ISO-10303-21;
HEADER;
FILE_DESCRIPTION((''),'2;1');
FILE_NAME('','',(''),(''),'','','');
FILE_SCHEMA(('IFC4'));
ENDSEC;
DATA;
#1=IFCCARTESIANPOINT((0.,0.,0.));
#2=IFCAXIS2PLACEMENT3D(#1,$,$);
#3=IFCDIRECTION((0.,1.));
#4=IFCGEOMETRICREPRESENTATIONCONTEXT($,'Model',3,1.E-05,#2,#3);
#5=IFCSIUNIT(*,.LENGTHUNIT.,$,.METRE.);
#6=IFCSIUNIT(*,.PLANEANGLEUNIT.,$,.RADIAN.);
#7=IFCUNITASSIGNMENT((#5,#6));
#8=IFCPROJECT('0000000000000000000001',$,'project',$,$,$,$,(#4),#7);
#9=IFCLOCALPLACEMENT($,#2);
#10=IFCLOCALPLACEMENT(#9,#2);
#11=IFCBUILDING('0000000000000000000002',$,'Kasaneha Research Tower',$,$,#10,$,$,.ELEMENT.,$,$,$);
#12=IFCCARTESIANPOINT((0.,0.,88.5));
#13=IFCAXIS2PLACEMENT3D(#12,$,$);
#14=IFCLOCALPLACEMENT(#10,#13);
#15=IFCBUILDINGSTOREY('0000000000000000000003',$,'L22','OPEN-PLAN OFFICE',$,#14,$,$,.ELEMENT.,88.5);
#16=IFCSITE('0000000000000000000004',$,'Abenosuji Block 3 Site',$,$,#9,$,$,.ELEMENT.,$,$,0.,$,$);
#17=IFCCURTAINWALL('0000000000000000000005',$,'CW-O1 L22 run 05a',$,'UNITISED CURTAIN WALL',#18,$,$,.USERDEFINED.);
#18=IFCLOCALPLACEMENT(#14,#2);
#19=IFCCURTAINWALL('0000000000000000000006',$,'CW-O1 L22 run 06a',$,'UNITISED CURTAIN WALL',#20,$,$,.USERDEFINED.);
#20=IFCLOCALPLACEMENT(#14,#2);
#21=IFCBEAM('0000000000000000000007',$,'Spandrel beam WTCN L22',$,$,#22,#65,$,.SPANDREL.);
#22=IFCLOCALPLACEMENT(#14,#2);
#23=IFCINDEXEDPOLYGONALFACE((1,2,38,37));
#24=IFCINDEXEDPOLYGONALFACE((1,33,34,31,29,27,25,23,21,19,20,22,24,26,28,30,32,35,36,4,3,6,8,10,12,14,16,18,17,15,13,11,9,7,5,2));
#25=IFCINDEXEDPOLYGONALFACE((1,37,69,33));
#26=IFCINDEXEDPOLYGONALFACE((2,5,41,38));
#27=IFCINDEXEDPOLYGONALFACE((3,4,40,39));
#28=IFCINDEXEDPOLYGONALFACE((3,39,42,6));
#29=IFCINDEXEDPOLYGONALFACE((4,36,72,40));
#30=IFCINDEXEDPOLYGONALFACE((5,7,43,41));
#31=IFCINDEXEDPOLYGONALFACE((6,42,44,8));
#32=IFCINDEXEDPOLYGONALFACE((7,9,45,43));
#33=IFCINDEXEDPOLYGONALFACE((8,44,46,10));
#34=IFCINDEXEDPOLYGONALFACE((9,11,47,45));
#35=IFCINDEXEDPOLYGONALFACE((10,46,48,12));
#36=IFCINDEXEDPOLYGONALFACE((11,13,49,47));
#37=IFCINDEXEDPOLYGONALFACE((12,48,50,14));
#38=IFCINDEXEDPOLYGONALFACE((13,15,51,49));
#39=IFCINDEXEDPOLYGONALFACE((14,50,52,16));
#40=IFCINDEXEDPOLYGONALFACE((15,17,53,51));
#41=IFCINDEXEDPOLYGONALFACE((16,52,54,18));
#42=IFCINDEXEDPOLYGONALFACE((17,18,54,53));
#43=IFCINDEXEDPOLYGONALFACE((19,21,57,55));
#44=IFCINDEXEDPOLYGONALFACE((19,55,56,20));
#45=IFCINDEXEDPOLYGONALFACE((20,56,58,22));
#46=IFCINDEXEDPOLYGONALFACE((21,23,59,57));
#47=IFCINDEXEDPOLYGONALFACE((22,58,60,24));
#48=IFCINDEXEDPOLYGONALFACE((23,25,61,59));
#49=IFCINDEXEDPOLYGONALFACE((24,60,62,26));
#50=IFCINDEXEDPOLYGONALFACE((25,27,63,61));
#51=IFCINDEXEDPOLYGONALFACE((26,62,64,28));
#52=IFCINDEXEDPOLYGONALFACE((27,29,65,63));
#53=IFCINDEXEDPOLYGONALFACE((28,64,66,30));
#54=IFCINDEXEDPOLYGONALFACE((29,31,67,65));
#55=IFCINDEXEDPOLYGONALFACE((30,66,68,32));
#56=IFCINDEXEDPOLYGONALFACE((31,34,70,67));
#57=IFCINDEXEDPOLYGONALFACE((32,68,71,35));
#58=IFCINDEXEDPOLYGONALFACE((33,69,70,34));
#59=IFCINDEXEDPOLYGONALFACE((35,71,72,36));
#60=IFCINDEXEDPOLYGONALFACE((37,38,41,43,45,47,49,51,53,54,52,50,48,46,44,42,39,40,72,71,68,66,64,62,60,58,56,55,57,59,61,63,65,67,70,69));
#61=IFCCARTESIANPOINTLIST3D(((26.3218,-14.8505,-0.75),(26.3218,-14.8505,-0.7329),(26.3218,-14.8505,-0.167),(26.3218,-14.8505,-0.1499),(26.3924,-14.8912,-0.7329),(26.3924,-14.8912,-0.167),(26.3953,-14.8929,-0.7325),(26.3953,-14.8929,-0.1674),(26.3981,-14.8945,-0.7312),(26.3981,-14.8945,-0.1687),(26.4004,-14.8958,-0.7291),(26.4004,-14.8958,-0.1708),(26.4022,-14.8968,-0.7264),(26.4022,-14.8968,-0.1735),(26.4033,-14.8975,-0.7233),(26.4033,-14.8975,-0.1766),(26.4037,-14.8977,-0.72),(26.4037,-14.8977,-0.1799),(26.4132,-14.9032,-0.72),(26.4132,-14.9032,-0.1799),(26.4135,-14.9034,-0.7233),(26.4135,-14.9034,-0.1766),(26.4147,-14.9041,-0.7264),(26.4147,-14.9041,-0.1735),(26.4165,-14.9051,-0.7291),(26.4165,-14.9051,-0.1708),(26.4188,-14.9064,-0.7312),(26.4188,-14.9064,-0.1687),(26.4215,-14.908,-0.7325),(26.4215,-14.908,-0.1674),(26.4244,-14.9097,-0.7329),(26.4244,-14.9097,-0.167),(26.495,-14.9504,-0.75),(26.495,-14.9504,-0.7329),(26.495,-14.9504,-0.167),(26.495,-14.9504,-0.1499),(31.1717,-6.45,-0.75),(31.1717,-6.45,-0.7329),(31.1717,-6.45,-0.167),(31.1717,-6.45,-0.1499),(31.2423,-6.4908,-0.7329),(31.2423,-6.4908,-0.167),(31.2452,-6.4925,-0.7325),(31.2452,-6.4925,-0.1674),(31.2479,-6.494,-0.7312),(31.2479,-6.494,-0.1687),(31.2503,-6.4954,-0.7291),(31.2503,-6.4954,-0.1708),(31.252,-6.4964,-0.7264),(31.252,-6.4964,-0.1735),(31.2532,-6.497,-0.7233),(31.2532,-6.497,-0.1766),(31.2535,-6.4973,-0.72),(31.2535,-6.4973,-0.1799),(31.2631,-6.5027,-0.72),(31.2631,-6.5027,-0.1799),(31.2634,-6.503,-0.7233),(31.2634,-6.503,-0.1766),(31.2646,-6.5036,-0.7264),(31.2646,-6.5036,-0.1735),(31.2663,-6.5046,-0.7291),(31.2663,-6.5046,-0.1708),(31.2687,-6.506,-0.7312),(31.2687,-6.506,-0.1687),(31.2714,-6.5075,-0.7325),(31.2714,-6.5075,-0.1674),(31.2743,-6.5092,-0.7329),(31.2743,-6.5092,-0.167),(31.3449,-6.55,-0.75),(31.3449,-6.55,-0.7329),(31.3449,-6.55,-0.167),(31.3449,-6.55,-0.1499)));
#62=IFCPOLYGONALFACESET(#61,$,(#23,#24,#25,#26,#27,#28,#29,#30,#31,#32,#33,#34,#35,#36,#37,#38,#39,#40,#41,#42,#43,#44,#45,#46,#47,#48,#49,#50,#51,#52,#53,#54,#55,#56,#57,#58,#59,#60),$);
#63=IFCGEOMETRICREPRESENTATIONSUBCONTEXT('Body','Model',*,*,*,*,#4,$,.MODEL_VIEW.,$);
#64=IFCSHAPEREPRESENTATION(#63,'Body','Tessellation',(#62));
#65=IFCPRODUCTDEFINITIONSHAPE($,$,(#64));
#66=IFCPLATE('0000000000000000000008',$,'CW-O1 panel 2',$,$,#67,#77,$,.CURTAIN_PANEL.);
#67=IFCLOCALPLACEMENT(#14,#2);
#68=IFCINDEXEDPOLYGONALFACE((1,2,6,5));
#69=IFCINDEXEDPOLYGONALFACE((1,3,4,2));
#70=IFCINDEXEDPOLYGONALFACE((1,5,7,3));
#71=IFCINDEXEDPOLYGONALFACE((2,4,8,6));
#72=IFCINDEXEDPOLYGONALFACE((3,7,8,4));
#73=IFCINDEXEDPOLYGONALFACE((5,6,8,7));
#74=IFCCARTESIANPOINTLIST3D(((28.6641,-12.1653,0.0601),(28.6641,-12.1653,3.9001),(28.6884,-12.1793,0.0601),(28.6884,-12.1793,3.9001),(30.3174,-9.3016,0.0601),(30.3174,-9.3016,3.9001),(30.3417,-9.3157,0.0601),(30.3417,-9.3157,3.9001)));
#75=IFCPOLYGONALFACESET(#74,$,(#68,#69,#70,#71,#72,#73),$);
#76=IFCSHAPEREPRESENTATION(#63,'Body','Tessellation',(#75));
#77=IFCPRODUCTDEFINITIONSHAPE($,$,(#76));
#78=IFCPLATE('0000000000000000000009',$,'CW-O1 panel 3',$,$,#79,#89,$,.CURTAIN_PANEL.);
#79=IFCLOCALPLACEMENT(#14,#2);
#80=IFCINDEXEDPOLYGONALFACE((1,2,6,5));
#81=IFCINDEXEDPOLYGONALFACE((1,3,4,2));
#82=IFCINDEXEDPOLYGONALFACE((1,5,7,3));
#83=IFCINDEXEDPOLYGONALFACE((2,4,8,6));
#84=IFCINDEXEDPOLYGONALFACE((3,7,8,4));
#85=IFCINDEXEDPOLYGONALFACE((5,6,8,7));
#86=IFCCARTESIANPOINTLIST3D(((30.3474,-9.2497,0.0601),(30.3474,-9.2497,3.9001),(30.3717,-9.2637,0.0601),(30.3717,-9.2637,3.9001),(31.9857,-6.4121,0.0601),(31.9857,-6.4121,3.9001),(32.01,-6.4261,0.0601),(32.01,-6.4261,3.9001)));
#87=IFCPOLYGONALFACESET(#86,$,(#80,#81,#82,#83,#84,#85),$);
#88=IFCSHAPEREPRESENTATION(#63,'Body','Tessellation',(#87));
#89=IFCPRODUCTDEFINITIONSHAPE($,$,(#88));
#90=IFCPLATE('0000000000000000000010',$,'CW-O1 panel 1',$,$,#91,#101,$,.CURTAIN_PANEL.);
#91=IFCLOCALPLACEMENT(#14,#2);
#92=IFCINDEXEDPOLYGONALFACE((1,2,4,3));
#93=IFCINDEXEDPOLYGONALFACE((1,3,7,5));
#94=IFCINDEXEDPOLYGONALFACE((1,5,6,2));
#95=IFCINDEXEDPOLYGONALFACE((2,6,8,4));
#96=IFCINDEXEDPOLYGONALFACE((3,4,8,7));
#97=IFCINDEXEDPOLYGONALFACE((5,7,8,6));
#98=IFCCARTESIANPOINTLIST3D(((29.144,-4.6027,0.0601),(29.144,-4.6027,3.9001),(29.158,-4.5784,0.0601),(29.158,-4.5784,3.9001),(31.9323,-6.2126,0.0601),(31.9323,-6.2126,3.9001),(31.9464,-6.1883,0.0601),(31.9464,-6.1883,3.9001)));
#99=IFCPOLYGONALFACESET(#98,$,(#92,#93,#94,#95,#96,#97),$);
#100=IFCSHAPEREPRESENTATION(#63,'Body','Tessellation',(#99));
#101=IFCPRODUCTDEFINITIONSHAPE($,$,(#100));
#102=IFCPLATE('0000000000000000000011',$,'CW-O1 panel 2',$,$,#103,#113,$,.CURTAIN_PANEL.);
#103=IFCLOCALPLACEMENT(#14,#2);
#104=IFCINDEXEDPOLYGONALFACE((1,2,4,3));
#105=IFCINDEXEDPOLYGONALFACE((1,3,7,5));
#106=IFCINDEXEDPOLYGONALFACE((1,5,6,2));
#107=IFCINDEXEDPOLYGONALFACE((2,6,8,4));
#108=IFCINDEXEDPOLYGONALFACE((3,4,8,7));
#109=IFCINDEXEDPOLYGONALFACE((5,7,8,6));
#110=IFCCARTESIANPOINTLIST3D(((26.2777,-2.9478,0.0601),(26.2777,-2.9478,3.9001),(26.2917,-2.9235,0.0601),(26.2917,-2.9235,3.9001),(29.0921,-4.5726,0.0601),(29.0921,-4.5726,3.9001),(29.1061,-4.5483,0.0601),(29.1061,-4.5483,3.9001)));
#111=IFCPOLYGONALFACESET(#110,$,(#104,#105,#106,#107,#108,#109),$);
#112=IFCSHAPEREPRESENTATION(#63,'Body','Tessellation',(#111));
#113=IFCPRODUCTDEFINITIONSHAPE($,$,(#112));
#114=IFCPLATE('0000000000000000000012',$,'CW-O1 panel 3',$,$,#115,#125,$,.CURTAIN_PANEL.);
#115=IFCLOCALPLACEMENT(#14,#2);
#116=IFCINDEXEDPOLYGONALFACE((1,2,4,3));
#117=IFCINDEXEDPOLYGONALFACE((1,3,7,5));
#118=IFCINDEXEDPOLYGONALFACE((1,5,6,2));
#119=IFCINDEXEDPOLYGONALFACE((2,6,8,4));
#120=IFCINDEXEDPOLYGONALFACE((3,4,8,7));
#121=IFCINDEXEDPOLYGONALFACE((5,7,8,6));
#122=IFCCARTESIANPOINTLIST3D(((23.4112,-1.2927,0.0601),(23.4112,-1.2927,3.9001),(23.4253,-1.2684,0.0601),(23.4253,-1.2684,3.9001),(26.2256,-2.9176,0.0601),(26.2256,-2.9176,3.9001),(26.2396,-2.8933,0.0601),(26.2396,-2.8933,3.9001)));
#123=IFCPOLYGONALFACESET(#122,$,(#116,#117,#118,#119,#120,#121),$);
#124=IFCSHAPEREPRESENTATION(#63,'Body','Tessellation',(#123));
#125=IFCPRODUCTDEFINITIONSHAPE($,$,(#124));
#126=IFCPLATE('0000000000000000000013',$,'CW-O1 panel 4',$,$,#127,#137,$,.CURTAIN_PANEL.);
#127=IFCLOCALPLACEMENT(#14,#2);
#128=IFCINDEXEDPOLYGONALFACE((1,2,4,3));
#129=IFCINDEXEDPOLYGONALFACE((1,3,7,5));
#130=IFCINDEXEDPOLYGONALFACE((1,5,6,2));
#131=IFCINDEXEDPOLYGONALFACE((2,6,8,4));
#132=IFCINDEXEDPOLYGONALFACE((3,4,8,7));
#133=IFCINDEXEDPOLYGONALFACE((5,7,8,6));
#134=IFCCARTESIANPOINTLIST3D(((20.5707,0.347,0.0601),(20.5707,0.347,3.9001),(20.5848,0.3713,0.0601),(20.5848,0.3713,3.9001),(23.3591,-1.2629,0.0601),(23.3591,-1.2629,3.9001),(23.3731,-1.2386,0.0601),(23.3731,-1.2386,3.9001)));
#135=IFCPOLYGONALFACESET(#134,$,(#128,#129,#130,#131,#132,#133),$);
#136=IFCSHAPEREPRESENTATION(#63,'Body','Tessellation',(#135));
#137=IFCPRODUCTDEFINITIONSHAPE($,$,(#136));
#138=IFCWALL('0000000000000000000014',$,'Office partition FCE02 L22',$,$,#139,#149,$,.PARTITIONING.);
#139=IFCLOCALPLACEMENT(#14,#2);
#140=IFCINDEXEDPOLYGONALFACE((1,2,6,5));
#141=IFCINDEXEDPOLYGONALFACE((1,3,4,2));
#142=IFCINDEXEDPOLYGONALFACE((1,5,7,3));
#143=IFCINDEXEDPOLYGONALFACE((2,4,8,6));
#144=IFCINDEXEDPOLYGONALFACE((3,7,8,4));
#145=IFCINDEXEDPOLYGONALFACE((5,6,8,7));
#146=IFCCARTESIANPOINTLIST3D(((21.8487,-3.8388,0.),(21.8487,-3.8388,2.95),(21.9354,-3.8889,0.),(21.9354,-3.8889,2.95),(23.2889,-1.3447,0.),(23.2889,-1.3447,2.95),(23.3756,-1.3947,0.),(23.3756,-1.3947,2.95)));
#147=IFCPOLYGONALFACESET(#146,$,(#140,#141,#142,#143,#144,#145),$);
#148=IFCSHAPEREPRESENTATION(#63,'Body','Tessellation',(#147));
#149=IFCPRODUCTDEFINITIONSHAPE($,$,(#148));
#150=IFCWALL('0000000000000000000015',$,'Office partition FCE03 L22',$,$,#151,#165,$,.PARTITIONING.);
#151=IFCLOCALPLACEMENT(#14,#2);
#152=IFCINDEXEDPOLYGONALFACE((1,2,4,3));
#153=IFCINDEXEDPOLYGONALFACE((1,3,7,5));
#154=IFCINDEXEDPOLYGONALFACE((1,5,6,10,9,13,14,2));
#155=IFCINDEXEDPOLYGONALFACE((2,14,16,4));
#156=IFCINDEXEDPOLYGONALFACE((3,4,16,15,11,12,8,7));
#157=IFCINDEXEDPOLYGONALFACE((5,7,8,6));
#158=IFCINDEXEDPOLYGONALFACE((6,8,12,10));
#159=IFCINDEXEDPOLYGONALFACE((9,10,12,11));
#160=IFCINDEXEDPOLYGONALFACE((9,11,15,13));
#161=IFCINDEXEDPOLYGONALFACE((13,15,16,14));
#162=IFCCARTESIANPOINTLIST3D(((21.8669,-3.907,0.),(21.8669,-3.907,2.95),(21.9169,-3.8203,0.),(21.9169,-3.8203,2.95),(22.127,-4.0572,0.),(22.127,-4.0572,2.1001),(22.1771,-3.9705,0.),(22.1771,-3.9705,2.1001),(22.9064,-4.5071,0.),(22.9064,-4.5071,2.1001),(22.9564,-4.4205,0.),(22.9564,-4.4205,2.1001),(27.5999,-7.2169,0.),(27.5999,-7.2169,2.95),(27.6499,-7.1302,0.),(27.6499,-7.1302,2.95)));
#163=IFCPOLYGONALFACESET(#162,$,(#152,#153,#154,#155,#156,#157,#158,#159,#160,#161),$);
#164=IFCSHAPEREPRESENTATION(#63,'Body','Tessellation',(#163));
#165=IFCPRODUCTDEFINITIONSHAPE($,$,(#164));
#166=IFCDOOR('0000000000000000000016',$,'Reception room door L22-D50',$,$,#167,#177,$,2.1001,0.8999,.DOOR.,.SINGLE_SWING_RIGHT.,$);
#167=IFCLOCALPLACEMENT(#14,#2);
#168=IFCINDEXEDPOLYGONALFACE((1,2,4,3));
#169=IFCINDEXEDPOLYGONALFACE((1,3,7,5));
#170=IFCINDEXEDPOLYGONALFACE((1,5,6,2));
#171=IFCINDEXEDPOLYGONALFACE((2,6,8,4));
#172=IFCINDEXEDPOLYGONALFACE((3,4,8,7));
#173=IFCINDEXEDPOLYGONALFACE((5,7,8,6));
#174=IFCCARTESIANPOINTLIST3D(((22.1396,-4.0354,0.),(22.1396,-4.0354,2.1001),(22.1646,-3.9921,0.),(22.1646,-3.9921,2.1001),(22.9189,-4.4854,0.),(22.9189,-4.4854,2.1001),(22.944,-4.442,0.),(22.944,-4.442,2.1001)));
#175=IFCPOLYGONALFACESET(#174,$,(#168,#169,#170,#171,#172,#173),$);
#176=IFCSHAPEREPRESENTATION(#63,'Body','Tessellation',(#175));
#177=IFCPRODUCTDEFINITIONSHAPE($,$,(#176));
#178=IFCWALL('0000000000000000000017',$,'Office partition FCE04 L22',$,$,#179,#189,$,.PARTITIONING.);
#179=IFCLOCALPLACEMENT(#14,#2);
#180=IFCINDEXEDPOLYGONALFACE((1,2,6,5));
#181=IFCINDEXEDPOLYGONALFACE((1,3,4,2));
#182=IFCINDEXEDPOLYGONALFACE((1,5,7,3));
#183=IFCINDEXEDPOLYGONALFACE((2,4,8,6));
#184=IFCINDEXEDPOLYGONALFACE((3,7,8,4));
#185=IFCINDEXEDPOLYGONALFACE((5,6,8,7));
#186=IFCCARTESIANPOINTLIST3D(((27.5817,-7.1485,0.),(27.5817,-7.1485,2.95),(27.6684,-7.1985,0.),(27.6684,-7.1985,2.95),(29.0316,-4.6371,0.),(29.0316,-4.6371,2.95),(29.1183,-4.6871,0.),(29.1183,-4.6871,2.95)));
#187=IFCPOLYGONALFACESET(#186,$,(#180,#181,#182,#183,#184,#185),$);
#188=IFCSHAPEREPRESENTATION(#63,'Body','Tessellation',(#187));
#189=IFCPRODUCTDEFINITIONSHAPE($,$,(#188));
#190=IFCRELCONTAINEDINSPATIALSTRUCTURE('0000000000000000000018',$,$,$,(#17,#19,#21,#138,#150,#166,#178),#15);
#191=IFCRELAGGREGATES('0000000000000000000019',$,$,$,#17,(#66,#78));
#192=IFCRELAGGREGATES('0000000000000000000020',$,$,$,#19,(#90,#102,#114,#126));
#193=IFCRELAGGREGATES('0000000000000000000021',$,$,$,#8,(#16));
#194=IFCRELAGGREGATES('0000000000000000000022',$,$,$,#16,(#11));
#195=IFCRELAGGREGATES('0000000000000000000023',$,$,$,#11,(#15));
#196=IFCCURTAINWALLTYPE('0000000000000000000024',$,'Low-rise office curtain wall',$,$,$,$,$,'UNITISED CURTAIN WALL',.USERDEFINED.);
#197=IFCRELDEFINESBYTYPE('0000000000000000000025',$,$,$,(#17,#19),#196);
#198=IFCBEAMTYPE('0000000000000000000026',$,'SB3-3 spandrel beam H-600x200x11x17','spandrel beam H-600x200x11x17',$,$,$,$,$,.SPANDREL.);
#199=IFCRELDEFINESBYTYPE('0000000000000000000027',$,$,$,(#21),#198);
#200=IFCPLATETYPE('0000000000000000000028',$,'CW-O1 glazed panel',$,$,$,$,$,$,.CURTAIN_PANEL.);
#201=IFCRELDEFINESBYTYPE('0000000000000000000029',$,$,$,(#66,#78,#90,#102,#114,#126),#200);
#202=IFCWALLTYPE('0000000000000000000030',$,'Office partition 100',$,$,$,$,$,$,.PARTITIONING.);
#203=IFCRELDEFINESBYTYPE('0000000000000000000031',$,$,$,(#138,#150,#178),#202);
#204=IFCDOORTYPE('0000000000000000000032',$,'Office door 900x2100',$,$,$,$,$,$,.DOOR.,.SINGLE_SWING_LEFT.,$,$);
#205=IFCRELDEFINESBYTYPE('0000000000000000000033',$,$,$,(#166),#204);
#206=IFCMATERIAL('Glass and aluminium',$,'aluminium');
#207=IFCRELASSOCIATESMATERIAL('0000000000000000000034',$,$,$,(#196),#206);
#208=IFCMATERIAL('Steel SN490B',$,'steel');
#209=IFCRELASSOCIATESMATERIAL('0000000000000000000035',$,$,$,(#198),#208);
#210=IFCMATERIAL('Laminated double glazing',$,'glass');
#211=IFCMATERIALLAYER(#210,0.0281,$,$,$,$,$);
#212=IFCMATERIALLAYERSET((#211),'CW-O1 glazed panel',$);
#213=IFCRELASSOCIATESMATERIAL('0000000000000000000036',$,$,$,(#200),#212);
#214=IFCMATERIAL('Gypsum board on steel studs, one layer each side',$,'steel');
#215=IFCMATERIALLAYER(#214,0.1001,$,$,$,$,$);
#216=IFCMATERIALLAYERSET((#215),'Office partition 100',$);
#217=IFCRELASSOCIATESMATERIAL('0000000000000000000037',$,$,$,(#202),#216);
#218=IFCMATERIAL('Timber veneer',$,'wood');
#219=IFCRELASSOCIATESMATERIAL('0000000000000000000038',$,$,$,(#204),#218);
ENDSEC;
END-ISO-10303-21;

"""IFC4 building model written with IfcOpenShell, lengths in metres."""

from ifc_helpers import new_model, si_unit, direction, frame, frame_2d, origin, origin_2d, place, context, subcontext, project, spatial, rectangle, i_section, extrude, material, layer, layer_set, material_profile, profile_set, type_object, element, fill, aggregate, save


model = new_model("IFC4")

# Units and contexts
model_context = context("Model", 3, precision=1e-05, world=origin(), true_north=direction((0.0, 1.0)))
body_context = subcontext(model_context, "Body", "Model", "MODEL_VIEW")
ifc_project = project(units=[si_unit("LENGTHUNIT", "METRE"), si_unit("PLANEANGLEUNIT", "RADIAN")], contexts=[model_context])

# Site, building, storey
site_placement = place(None, origin())
site = spatial("IfcSite", under=ifc_project, at=site_placement, Name="Abenosuji Block 3 Site", CompositionType="ELEMENT", RefElevation=0.0)
building_placement = place(site_placement, origin())
building = spatial("IfcBuilding", under=site, at=building_placement, Name="Kasaneha Research Tower", CompositionType="ELEMENT")
storey_placement = place(building_placement, frame((0.0, 0.0, 88.5)))
storey = spatial("IfcBuildingStorey", under=building, at=storey_placement, Name="L22", Description="OPEN-PLAN OFFICE", CompositionType="ELEMENT", Elevation=88.5)

# Curtain walls
ifc_material_1 = material(Name="Glass and aluminium", Category="aluminium")
curtain_wall_type = type_object("IfcCurtainWallType", Name="Low-rise office curtain wall", ElementType="UNITISED CURTAIN WALL", PredefinedType="USERDEFINED", material=ifc_material_1)
curtain_wall_1_placement = place(storey_placement, origin())
curtain_wall_1 = element("IfcCurtainWall", 1, at=curtain_wall_1_placement, inside=storey, type_object=curtain_wall_type, Name="CW-O1 L22 run 05a", ObjectType="UNITISED CURTAIN WALL", PredefinedType="USERDEFINED")
curtain_wall_2_placement = place(storey_placement, origin())
curtain_wall_2 = element("IfcCurtainWall", 2, at=curtain_wall_2_placement, inside=storey, type_object=curtain_wall_type, Name="CW-O1 L22 run 06a", ObjectType="UNITISED CURTAIN WALL", PredefinedType="USERDEFINED")

# Beam
ifc_material_2 = material(Name="Steel SN490B", Category="steel")
ifc_material_profile_1 = material_profile(ifc_material_2, i_section(OverallWidth=0.2, OverallDepth=0.6001, WebThickness=0.011, FlangeThickness=0.0171, FilletRadius=0.0129, at=origin_2d()), Name="H-600x200x11x17")
ifc_profile_set_1 = profile_set([ifc_material_profile_1], Name="Steel SN490B")
beam_type_1 = type_object("IfcBeamType", Name="SB3-3 spandrel beam H-600x200x11x17", Description="spandrel beam H-600x200x11x17", PredefinedType="SPANDREL", material=ifc_profile_set_1)
beam_1_placement = place(storey_placement, frame((31.2583, -6.5, -0.45), z_axis=(-0.499991, -0.866031, 0.0), x_axis=(0.866031, -0.499991, 0.0)))
element("IfcBeam", 3, at=beam_1_placement, inside=storey, type_object=beam_type_1, Name="Spandrel beam WTCN L22", PredefinedType="SPANDREL", context=body_context, shape_type="SweptSolid", body=[
    extrude(i_section(OverallWidth=0.2, OverallDepth=0.6001, WebThickness=0.011, FlangeThickness=0.0171, FilletRadius=0.0129, at=origin_2d()), origin(), (0.0, 0.0, 1.0), 9.7),
])

# Plates
ifc_material_3 = material(Name="Laminated double glazing", Category="glass")
ifc_layer_1 = layer(ifc_material_3, 0.0281)
ifc_layer_set_1 = layer_set([ifc_layer_1], Name="CW-O1 glazed panel")
plate_type = type_object("IfcPlateType", Name="CW-O1 glazed panel", PredefinedType="CURTAIN_PANEL", material=ifc_layer_set_1)
plate_1_placement = place(storey_placement, frame((29.5029, -10.7405, 0.0601), z_axis=(0.0, 0.0, 1.0), x_axis=(0.5, 0.866025, 0.0)))
plate_1 = element("IfcPlate", 4, at=plate_1_placement, type_object=plate_type, Name="CW-O1 panel 2", PredefinedType="CURTAIN_PANEL", context=body_context, shape_type="SweptSolid", body=[
    extrude(rectangle(XDim=3.3066, YDim=0.0281, at=origin_2d()), origin(), (0.0, 0.0, 1.0), 3.8401),
])
plate_2_placement = place(storey_placement, frame((31.1787, -7.8379, 0.0601), z_axis=(0.0, 0.0, 1.0), x_axis=(0.5, 0.866025, 0.0)))
plate_2 = element("IfcPlate", 5, at=plate_2_placement, type_object=plate_type, Name="CW-O1 panel 3", PredefinedType="CURTAIN_PANEL", context=body_context, shape_type="SweptSolid", body=[
    extrude(rectangle(XDim=3.2766, YDim=0.0281, at=origin_2d()), origin(), (0.0, 0.0, 1.0), 3.8401),
])
aggregate(curtain_wall_1, [plate_1, plate_2])
plate_3_placement = place(storey_placement, frame((30.5452, -5.3955, 0.0601), z_axis=(0.0, 0.0, 1.0), x_axis=(-0.866025, 0.5, 0.0)))
plate_3 = element("IfcPlate", 6, at=plate_3_placement, type_object=plate_type, Name="CW-O1 panel 1", PredefinedType="CURTAIN_PANEL", context=body_context, shape_type="SweptSolid", body=[
    extrude(rectangle(XDim=3.2197, YDim=0.0281, at=origin_2d()), origin(), (0.0, 0.0, 1.0), 3.8401),
])
plate_4_placement = place(storey_placement, frame((27.6919, -3.748, 0.0601), z_axis=(0.0, 0.0, 1.0), x_axis=(-0.866025, 0.5, 0.0)))
plate_4 = element("IfcPlate", 7, at=plate_4_placement, type_object=plate_type, Name="CW-O1 panel 2", PredefinedType="CURTAIN_PANEL", context=body_context, shape_type="SweptSolid", body=[
    extrude(rectangle(XDim=3.2498, YDim=0.0281, at=origin_2d()), origin(), (0.0, 0.0, 1.0), 3.8401),
])
plate_5_placement = place(storey_placement, frame((24.8254, -2.093, 0.0601), z_axis=(0.0, 0.0, 1.0), x_axis=(-0.866025, 0.5, 0.0)))
plate_5 = element("IfcPlate", 8, at=plate_5_placement, type_object=plate_type, Name="CW-O1 panel 3", PredefinedType="CURTAIN_PANEL", context=body_context, shape_type="SweptSolid", body=[
    extrude(rectangle(XDim=3.2498, YDim=0.0281, at=origin_2d()), origin(), (0.0, 0.0, 1.0), 3.8401),
])
plate_6_placement = place(storey_placement, frame((21.9719, -0.4458, 0.0601), z_axis=(0.0, 0.0, 1.0), x_axis=(-0.866025, 0.5, 0.0)))
plate_6 = element("IfcPlate", 9, at=plate_6_placement, type_object=plate_type, Name="CW-O1 panel 4", PredefinedType="CURTAIN_PANEL", context=body_context, shape_type="SweptSolid", body=[
    extrude(rectangle(XDim=3.2197, YDim=0.0281, at=origin_2d()), origin(), (0.0, 0.0, 1.0), 3.8401),
])
aggregate(curtain_wall_2, [plate_3, plate_4, plate_5, plate_6])

# Wall
ifc_material_4 = material(Name="Gypsum board on steel studs, one layer each side", Category="steel")
ifc_layer_2 = layer(ifc_material_4, 0.1001)
ifc_layer_set_2 = layer_set([ifc_layer_2], Name="Office partition 100")
wall_type_1 = type_object("IfcWallType", Name="Office partition 100", PredefinedType="PARTITIONING", material=ifc_layer_set_2)
wall_1_placement = place(storey_placement, frame((21.8921, -3.8638, 0.0), z_axis=(0.0, 0.0, 1.0), x_axis=(0.50005, 0.865996, 0.0)))
element("IfcWall", 10, at=wall_1_placement, inside=storey, type_object=wall_type_1, Name="Office partition FCE02 L22", PredefinedType="PARTITIONING", context=body_context, shape_type="SweptSolid", body=[
    extrude(rectangle(XDim=2.8801, YDim=0.1001, at=frame_2d((1.4399, 0.0))), origin(), (0.0, 0.0, 1.0), 2.95),
])

# Wall, opening, door
wall_2_placement = place(storey_placement, frame((27.625, -7.1736, 0.0), z_axis=(0.0, 0.0, 1.0), x_axis=(-0.866031, 0.499991, 0.0)))
wall_2 = element("IfcWall", 11, at=wall_2_placement, inside=storey, type_object=wall_type_1, Name="Office partition FCE03 L22", PredefinedType="PARTITIONING", context=body_context, shape_type="SweptSolid", body=[
    extrude(rectangle(XDim=6.6199, YDim=0.1001, at=frame_2d((3.3101, 0.0))), origin(), (0.0, 0.0, 1.0), 2.95),
])
opening_placement = place(wall_2_placement, frame((5.4197, 0.0, 0.0)))
opening = element("IfcOpeningElement", 12, at=opening_placement, cuts=wall_2, PredefinedType="OPENING", context=body_context, shape_type="SweptSolid", body=[
    extrude(rectangle(XDim=0.8999, YDim=2.1001, at=frame_2d((0.45, 1.05))), frame((0.0, 0.0601, 0.0), z_axis=(0.0, -1.0, 0.0), x_axis=(1.0, 0.0, 0.0)), (0.0, 0.0, 1.0), 0.1201),
])
ifc_material_5 = material(Name="Timber veneer", Category="wood")
door_type = type_object("IfcDoorType", Name="Office door 900x2100", OperationType="SINGLE_SWING_LEFT", PredefinedType="DOOR", material=ifc_material_5)
door_placement = place(opening_placement, origin())
door = element("IfcDoor", 13, at=door_placement, inside=storey, type_object=door_type, Name="Reception room door L22-D50", OperationType="SINGLE_SWING_RIGHT", OverallHeight=2.1001, OverallWidth=0.8999, PredefinedType="DOOR", context=body_context, shape_type="SweptSolid", body=[
    extrude(rectangle(XDim=0.8999, YDim=2.1001, at=frame_2d((0.45, 1.05))), frame((0.0, 0.0249, 0.0), z_axis=(0.0, -1.0, 0.0), x_axis=(1.0, 0.0, 0.0)), (0.0, 0.0, 1.0), 0.05),
])
fill(opening, door)

# Wall
wall_3_placement = place(storey_placement, frame((29.075, -4.6621, 0.0), z_axis=(0.0, 0.0, 1.0), x_axis=(-0.499987, -0.866033, 0.0)))
element("IfcWall", 14, at=wall_3_placement, inside=storey, type_object=wall_type_1, Name="Office partition FCE04 L22", PredefinedType="PARTITIONING", context=body_context, shape_type="SweptSolid", body=[
    extrude(rectangle(XDim=2.8999, YDim=0.1001, at=frame_2d((1.45, 0.0))), origin(), (0.0, 0.0, 1.0), 2.95),
])

save(model, "model.ifc")
